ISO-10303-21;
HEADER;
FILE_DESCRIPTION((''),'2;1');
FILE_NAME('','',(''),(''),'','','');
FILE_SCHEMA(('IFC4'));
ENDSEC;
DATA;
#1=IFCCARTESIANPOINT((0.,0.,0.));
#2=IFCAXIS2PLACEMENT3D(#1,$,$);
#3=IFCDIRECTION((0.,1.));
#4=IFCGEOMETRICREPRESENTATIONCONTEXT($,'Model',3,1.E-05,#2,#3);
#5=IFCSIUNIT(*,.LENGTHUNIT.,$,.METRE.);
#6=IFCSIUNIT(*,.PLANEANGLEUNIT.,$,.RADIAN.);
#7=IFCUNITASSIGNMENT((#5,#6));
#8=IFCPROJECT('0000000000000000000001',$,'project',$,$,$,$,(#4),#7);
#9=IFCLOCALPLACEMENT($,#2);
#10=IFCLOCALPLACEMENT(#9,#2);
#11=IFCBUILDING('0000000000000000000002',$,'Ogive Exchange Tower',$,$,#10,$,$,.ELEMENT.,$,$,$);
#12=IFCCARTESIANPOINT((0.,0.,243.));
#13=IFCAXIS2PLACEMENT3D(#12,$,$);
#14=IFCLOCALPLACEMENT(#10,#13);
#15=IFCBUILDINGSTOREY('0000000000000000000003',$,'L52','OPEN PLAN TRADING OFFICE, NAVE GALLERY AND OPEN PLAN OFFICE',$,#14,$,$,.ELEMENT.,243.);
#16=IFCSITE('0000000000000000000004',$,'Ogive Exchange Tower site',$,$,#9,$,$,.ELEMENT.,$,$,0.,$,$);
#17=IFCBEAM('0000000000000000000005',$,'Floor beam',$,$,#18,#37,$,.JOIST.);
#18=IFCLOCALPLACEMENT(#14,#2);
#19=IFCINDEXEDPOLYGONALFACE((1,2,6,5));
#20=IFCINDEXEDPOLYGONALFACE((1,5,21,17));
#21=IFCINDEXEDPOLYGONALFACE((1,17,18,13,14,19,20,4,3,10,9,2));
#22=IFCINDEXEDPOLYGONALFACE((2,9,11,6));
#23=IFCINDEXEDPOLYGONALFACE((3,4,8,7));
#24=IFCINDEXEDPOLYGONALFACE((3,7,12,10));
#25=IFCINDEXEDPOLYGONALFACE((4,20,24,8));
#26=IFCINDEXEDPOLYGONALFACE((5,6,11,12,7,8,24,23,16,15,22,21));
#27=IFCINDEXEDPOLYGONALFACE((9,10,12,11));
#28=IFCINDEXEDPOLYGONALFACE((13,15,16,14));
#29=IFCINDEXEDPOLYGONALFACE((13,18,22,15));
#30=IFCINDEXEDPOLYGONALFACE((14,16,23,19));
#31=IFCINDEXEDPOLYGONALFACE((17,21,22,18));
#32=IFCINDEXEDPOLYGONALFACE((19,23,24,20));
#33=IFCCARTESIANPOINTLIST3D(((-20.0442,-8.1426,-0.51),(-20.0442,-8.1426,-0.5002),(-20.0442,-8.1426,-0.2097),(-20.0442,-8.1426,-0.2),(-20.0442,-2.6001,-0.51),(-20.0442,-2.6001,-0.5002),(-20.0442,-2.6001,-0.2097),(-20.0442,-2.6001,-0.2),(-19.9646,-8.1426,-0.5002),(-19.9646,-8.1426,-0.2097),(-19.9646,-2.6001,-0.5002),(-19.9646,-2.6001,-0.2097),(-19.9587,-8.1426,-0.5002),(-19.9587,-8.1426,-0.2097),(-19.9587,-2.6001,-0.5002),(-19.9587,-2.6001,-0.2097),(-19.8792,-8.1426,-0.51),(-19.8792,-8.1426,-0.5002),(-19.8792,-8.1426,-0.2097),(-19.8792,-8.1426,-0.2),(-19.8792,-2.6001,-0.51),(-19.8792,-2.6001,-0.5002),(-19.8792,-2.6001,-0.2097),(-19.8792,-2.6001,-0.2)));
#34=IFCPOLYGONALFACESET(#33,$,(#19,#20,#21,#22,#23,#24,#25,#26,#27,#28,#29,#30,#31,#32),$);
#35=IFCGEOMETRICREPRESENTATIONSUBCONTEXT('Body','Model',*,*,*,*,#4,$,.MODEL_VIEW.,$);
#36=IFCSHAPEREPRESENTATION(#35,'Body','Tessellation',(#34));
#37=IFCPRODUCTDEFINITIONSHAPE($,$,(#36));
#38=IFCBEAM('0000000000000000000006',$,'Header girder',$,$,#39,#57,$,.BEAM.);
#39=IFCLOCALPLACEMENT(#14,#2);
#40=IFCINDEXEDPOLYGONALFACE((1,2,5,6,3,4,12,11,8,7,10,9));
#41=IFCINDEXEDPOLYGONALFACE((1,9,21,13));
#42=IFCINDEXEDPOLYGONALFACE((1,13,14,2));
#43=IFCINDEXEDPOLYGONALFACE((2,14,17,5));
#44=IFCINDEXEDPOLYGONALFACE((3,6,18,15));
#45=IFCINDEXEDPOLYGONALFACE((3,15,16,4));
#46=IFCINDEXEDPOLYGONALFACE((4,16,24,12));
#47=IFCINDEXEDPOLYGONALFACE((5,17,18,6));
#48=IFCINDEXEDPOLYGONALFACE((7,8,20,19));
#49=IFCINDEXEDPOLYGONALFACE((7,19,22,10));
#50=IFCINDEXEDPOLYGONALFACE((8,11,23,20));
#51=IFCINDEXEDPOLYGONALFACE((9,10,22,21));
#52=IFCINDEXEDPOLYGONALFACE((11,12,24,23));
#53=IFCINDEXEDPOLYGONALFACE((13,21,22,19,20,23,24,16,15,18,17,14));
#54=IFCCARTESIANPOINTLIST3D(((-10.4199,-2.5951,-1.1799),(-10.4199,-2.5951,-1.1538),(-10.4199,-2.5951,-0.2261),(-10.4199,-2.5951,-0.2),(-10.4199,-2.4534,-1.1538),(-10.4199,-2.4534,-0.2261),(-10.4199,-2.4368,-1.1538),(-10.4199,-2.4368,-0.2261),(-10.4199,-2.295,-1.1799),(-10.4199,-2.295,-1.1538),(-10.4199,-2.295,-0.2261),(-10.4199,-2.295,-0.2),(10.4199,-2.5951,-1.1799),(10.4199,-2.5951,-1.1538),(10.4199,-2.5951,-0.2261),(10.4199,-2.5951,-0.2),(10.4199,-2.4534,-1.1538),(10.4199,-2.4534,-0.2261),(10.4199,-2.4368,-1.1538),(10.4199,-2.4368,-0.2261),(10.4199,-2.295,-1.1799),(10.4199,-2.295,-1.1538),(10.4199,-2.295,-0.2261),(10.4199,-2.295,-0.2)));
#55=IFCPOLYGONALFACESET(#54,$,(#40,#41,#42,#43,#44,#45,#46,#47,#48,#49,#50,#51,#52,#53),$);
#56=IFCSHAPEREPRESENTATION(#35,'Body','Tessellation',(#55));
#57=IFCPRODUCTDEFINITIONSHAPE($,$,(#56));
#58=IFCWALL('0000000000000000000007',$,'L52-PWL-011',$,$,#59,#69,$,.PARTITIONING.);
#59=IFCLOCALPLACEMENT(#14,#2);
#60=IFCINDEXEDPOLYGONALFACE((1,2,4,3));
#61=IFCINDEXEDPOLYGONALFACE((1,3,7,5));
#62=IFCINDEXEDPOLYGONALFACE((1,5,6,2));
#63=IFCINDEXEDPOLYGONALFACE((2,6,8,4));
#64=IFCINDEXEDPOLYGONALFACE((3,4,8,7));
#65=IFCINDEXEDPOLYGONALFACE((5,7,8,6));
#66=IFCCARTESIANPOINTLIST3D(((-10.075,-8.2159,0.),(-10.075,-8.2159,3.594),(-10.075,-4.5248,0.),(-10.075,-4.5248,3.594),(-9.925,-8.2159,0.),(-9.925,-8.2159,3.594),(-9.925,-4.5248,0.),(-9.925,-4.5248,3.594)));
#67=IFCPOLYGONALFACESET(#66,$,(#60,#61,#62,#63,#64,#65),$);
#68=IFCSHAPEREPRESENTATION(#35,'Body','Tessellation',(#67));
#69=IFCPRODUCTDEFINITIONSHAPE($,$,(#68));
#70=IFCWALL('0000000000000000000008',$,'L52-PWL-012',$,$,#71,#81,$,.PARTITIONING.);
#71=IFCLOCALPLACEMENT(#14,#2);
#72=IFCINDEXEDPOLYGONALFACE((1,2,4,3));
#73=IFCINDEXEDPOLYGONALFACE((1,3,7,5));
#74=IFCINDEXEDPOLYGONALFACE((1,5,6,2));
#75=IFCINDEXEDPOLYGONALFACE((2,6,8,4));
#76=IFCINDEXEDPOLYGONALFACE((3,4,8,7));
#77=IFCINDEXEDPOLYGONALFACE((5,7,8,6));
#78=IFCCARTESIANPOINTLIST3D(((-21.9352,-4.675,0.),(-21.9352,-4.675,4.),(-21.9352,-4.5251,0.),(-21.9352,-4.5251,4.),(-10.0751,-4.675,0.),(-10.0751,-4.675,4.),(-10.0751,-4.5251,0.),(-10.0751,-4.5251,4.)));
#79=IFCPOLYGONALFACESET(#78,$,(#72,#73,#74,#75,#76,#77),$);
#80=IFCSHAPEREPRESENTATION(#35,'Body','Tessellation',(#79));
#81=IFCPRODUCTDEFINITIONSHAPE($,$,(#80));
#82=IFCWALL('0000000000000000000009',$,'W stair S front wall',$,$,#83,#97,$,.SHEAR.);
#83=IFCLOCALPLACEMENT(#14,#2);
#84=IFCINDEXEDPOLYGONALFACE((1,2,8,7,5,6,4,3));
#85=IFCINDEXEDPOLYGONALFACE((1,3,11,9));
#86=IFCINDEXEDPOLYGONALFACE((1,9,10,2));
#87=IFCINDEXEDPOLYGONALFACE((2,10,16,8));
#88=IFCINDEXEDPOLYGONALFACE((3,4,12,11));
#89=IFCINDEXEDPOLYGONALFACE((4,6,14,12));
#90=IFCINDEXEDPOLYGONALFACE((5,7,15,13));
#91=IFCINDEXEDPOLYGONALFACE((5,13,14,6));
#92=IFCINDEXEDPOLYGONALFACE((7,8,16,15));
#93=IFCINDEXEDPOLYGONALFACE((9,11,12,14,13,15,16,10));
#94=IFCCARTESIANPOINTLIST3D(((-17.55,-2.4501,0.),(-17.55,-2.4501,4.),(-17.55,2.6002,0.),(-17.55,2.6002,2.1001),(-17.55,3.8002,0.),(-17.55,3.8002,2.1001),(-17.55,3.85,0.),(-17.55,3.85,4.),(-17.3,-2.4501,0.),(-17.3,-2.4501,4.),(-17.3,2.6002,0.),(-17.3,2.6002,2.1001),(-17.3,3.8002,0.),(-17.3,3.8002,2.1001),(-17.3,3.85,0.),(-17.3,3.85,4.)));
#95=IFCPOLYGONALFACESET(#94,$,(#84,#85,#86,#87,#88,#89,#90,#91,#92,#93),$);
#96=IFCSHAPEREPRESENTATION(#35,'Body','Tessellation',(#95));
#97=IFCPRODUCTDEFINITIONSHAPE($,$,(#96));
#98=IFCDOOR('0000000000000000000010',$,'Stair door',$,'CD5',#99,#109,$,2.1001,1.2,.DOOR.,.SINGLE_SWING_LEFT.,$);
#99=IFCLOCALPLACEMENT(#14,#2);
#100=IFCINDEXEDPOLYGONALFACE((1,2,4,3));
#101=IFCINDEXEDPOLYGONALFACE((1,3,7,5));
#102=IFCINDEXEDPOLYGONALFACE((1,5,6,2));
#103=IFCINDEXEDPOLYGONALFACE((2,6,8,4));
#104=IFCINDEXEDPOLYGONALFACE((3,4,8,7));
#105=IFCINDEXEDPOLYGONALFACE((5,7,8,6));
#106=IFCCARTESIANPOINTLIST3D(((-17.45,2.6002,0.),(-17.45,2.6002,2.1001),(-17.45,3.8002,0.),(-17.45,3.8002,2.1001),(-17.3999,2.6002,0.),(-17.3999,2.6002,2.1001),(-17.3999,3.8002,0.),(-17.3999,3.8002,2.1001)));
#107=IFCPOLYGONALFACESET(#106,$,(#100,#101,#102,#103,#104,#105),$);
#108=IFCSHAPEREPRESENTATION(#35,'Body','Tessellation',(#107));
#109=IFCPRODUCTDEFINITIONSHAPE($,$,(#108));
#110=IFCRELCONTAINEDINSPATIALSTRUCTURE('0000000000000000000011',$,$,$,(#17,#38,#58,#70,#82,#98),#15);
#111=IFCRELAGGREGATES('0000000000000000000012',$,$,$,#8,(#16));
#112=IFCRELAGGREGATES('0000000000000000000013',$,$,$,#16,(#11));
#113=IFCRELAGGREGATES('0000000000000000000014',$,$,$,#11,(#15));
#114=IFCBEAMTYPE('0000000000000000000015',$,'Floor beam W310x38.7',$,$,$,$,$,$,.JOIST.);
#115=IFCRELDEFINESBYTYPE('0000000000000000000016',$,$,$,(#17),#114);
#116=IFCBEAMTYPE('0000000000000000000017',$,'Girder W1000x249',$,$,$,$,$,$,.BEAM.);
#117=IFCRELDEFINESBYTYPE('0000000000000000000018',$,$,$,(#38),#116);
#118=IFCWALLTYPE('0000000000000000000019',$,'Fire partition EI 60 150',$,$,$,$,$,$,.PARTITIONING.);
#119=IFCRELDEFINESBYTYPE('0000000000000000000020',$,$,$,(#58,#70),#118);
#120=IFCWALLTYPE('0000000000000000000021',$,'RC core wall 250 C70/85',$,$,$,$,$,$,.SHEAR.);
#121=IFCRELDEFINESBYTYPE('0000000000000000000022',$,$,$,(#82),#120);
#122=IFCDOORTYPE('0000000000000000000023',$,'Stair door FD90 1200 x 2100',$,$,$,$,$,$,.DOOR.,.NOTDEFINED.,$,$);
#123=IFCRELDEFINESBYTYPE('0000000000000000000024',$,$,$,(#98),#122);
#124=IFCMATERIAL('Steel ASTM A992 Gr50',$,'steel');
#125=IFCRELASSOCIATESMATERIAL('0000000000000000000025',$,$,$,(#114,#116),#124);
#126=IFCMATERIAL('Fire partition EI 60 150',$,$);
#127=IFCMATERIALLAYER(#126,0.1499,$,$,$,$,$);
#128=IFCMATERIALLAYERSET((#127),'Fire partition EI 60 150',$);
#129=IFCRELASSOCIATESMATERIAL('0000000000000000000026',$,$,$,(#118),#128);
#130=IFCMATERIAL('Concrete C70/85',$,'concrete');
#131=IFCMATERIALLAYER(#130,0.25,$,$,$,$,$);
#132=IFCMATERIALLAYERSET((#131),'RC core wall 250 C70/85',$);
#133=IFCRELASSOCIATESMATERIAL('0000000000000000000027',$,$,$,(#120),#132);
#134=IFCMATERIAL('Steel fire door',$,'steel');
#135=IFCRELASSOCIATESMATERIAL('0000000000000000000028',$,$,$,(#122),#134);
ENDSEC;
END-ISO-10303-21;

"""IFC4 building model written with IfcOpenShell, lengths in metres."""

from ifc_helpers import new_model, si_unit, direction, frame, frame_2d, origin, origin_2d, place, context, subcontext, project, spatial, rectangle, i_section, extrude, material, layer, layer_set, material_profile, profile_set, type_object, element, fill, save


model = new_model("IFC4")

# Units and contexts
model_context = context("Model", 3, precision=1e-05, world=origin(), true_north=direction((0.0, 1.0)))
body_context = subcontext(model_context, "Body", "Model", "MODEL_VIEW")
ifc_project = project(units=[si_unit("LENGTHUNIT", "METRE"), si_unit("PLANEANGLEUNIT", "RADIAN")], contexts=[model_context])

# Site, building, storey
site_placement = place(None, origin())
site = spatial("IfcSite", under=ifc_project, at=site_placement, Name="Ogive Exchange Tower site", CompositionType="ELEMENT", RefElevation=0.0)
building_placement = place(site_placement, origin())
building = spatial("IfcBuilding", under=site, at=building_placement, Name="Ogive Exchange Tower", CompositionType="ELEMENT")
storey_placement = place(building_placement, frame((0.0, 0.0, 243.0)))
storey = spatial("IfcBuildingStorey", under=building, at=storey_placement, Name="L52", Description="OPEN PLAN TRADING OFFICE, NAVE GALLERY AND OPEN PLAN OFFICE", CompositionType="ELEMENT", Elevation=243.0)

# Beams
ifc_material_1 = material(Name="Steel ASTM A992 Gr50", Category="steel")
ifc_material_profile_1 = material_profile(ifc_material_1, i_section(OverallWidth=0.165, OverallDepth=0.3101, WebThickness=0.0059, FlangeThickness=0.0098, at=origin_2d()), Name="W310x38.7")
ifc_profile_set_1 = profile_set([ifc_material_profile_1], Name="Steel ASTM A992 Gr50")
beam_type_1 = type_object("IfcBeamType", Name="Floor beam W310x38.7", PredefinedType="JOIST", material=ifc_profile_set_1)
beam_1_placement = place(storey_placement, frame((-19.9617, -8.1426, -0.355), z_axis=(0.0, 1.0, 0.0), x_axis=(-1.0, 0.0, 0.0)))
element("IfcBeam", 1, at=beam_1_placement, inside=storey, type_object=beam_type_1, Name="Floor beam", PredefinedType="JOIST", context=body_context, shape_type="SweptSolid", body=[
    extrude(i_section(OverallWidth=0.165, OverallDepth=0.3101, WebThickness=0.0059, FlangeThickness=0.0098, at=origin_2d()), origin(), (0.0, 0.0, 1.0), 5.5425),
])
ifc_material_profile_2 = material_profile(ifc_material_1, i_section(OverallWidth=0.3, OverallDepth=0.98, WebThickness=0.0166, FlangeThickness=0.0261, at=origin_2d()), Name="W1000x249")
ifc_profile_set_2 = profile_set([ifc_material_profile_2], Name="Steel ASTM A992 Gr50")
beam_type_2 = type_object("IfcBeamType", Name="Girder W1000x249", PredefinedType="BEAM", material=ifc_profile_set_2)
beam_2_placement = place(storey_placement, frame((-10.4199, -2.4451, -0.6899), z_axis=(1.0, 0.0, 0.0), x_axis=(0.0, 1.0, 0.0)))
element("IfcBeam", 2, at=beam_2_placement, inside=storey, type_object=beam_type_2, Name="Header girder", PredefinedType="BEAM", context=body_context, shape_type="SweptSolid", body=[
    extrude(i_section(OverallWidth=0.3, OverallDepth=0.98, WebThickness=0.0166, FlangeThickness=0.0261, at=origin_2d()), origin(), (0.0, 0.0, 1.0), 20.8398),
])

# Walls
ifc_material_2 = material(Name="Fire partition EI 60 150")
ifc_layer_1 = layer(ifc_material_2, 0.1499)
ifc_layer_set_1 = layer_set([ifc_layer_1], Name="Fire partition EI 60 150")
wall_type_1 = type_object("IfcWallType", Name="Fire partition EI 60 150", PredefinedType="PARTITIONING", material=ifc_layer_set_1)
wall_1_placement = place(storey_placement, frame((-10.0, -8.2161, 0.0), z_axis=(0.0, 0.0, 1.0), x_axis=(0.0, 1.0, 0.0)))
element("IfcWall", 3, at=wall_1_placement, inside=storey, type_object=wall_type_1, Name="L52-PWL-011", PredefinedType="PARTITIONING", context=body_context, shape_type="SweptSolid", body=[
    extrude(rectangle(XDim=3.6912, YDim=0.1499, at=frame_2d((1.8457, 0.0))), origin(), (0.0, 0.0, 1.0), 3.594),
])
wall_2_placement = place(storey_placement, frame((-10.075, -4.6001, 0.0), z_axis=(0.0, 0.0, 1.0), x_axis=(-1.0, 0.0, 0.0)))
element("IfcWall", 4, at=wall_2_placement, inside=storey, type_object=wall_type_1, Name="L52-PWL-012", PredefinedType="PARTITIONING", context=body_context, shape_type="SweptSolid", body=[
    extrude(rectangle(XDim=11.8601, YDim=0.1499, at=frame_2d((5.9302, 0.0))), origin(), (0.0, 0.0, 1.0), 4.0),
])

# Wall, opening, door
ifc_material_3 = material(Name="Concrete C70/85", Category="concrete")
ifc_layer_2 = layer(ifc_material_3, 0.25)
ifc_layer_set_2 = layer_set([ifc_layer_2], Name="RC core wall 250 C70/85")
wall_type_2 = type_object("IfcWallType", Name="RC core wall 250 C70/85", PredefinedType="SHEAR", material=ifc_layer_set_2)
wall_3_placement = place(storey_placement, frame((-17.425, -2.45, 0.0), z_axis=(0.0, 0.0, 1.0), x_axis=(0.0, 1.0, 0.0)))
wall_3 = element("IfcWall", 5, at=wall_3_placement, inside=storey, type_object=wall_type_2, Name="W stair S front wall", PredefinedType="SHEAR", context=body_context, shape_type="SweptSolid", body=[
    extrude(rectangle(XDim=6.3, YDim=0.25, at=frame_2d((3.1499, 0.0))), origin(), (0.0, 0.0, 1.0), 4.0),
])
opening_1_placement = place(wall_3_placement, frame((5.05, 0.0, 0.0)))
opening_1 = element("IfcOpeningElement", 6, at=opening_1_placement, cuts=wall_3, PredefinedType="OPENING", context=body_context, shape_type="SweptSolid", body=[
    extrude(rectangle(XDim=1.2, YDim=2.1001, at=frame_2d((0.6001, 1.05))), frame((0.0, 0.135, 0.0), z_axis=(0.0, -1.0, 0.0), x_axis=(1.0, 0.0, 0.0)), (0.0, 0.0, 1.0), 0.27),
])
ifc_material_4 = material(Name="Steel fire door", Category="steel")
door_type_1 = type_object("IfcDoorType", Name="Stair door FD90 1200 x 2100", OperationType="NOTDEFINED", PredefinedType="DOOR", material=ifc_material_4)
door_1_placement = place(opening_1_placement, origin())
door_1 = element("IfcDoor", 7, at=door_1_placement, inside=storey, type_object=door_type_1, Name="Stair door", ObjectType="CD5", OperationType="SINGLE_SWING_LEFT", OverallHeight=2.1001, OverallWidth=1.2, PredefinedType="DOOR", context=body_context, shape_type="SweptSolid", body=[
    extrude(rectangle(XDim=1.2, YDim=2.1001, at=frame_2d((0.6001, 1.05))), frame((0.0, 0.0249, 0.0), z_axis=(0.0, -1.0, 0.0), x_axis=(1.0, 0.0, 0.0)), (0.0, 0.0, 1.0), 0.05),
])
fill(opening_1, door_1)

save(model, "model.ifc")
